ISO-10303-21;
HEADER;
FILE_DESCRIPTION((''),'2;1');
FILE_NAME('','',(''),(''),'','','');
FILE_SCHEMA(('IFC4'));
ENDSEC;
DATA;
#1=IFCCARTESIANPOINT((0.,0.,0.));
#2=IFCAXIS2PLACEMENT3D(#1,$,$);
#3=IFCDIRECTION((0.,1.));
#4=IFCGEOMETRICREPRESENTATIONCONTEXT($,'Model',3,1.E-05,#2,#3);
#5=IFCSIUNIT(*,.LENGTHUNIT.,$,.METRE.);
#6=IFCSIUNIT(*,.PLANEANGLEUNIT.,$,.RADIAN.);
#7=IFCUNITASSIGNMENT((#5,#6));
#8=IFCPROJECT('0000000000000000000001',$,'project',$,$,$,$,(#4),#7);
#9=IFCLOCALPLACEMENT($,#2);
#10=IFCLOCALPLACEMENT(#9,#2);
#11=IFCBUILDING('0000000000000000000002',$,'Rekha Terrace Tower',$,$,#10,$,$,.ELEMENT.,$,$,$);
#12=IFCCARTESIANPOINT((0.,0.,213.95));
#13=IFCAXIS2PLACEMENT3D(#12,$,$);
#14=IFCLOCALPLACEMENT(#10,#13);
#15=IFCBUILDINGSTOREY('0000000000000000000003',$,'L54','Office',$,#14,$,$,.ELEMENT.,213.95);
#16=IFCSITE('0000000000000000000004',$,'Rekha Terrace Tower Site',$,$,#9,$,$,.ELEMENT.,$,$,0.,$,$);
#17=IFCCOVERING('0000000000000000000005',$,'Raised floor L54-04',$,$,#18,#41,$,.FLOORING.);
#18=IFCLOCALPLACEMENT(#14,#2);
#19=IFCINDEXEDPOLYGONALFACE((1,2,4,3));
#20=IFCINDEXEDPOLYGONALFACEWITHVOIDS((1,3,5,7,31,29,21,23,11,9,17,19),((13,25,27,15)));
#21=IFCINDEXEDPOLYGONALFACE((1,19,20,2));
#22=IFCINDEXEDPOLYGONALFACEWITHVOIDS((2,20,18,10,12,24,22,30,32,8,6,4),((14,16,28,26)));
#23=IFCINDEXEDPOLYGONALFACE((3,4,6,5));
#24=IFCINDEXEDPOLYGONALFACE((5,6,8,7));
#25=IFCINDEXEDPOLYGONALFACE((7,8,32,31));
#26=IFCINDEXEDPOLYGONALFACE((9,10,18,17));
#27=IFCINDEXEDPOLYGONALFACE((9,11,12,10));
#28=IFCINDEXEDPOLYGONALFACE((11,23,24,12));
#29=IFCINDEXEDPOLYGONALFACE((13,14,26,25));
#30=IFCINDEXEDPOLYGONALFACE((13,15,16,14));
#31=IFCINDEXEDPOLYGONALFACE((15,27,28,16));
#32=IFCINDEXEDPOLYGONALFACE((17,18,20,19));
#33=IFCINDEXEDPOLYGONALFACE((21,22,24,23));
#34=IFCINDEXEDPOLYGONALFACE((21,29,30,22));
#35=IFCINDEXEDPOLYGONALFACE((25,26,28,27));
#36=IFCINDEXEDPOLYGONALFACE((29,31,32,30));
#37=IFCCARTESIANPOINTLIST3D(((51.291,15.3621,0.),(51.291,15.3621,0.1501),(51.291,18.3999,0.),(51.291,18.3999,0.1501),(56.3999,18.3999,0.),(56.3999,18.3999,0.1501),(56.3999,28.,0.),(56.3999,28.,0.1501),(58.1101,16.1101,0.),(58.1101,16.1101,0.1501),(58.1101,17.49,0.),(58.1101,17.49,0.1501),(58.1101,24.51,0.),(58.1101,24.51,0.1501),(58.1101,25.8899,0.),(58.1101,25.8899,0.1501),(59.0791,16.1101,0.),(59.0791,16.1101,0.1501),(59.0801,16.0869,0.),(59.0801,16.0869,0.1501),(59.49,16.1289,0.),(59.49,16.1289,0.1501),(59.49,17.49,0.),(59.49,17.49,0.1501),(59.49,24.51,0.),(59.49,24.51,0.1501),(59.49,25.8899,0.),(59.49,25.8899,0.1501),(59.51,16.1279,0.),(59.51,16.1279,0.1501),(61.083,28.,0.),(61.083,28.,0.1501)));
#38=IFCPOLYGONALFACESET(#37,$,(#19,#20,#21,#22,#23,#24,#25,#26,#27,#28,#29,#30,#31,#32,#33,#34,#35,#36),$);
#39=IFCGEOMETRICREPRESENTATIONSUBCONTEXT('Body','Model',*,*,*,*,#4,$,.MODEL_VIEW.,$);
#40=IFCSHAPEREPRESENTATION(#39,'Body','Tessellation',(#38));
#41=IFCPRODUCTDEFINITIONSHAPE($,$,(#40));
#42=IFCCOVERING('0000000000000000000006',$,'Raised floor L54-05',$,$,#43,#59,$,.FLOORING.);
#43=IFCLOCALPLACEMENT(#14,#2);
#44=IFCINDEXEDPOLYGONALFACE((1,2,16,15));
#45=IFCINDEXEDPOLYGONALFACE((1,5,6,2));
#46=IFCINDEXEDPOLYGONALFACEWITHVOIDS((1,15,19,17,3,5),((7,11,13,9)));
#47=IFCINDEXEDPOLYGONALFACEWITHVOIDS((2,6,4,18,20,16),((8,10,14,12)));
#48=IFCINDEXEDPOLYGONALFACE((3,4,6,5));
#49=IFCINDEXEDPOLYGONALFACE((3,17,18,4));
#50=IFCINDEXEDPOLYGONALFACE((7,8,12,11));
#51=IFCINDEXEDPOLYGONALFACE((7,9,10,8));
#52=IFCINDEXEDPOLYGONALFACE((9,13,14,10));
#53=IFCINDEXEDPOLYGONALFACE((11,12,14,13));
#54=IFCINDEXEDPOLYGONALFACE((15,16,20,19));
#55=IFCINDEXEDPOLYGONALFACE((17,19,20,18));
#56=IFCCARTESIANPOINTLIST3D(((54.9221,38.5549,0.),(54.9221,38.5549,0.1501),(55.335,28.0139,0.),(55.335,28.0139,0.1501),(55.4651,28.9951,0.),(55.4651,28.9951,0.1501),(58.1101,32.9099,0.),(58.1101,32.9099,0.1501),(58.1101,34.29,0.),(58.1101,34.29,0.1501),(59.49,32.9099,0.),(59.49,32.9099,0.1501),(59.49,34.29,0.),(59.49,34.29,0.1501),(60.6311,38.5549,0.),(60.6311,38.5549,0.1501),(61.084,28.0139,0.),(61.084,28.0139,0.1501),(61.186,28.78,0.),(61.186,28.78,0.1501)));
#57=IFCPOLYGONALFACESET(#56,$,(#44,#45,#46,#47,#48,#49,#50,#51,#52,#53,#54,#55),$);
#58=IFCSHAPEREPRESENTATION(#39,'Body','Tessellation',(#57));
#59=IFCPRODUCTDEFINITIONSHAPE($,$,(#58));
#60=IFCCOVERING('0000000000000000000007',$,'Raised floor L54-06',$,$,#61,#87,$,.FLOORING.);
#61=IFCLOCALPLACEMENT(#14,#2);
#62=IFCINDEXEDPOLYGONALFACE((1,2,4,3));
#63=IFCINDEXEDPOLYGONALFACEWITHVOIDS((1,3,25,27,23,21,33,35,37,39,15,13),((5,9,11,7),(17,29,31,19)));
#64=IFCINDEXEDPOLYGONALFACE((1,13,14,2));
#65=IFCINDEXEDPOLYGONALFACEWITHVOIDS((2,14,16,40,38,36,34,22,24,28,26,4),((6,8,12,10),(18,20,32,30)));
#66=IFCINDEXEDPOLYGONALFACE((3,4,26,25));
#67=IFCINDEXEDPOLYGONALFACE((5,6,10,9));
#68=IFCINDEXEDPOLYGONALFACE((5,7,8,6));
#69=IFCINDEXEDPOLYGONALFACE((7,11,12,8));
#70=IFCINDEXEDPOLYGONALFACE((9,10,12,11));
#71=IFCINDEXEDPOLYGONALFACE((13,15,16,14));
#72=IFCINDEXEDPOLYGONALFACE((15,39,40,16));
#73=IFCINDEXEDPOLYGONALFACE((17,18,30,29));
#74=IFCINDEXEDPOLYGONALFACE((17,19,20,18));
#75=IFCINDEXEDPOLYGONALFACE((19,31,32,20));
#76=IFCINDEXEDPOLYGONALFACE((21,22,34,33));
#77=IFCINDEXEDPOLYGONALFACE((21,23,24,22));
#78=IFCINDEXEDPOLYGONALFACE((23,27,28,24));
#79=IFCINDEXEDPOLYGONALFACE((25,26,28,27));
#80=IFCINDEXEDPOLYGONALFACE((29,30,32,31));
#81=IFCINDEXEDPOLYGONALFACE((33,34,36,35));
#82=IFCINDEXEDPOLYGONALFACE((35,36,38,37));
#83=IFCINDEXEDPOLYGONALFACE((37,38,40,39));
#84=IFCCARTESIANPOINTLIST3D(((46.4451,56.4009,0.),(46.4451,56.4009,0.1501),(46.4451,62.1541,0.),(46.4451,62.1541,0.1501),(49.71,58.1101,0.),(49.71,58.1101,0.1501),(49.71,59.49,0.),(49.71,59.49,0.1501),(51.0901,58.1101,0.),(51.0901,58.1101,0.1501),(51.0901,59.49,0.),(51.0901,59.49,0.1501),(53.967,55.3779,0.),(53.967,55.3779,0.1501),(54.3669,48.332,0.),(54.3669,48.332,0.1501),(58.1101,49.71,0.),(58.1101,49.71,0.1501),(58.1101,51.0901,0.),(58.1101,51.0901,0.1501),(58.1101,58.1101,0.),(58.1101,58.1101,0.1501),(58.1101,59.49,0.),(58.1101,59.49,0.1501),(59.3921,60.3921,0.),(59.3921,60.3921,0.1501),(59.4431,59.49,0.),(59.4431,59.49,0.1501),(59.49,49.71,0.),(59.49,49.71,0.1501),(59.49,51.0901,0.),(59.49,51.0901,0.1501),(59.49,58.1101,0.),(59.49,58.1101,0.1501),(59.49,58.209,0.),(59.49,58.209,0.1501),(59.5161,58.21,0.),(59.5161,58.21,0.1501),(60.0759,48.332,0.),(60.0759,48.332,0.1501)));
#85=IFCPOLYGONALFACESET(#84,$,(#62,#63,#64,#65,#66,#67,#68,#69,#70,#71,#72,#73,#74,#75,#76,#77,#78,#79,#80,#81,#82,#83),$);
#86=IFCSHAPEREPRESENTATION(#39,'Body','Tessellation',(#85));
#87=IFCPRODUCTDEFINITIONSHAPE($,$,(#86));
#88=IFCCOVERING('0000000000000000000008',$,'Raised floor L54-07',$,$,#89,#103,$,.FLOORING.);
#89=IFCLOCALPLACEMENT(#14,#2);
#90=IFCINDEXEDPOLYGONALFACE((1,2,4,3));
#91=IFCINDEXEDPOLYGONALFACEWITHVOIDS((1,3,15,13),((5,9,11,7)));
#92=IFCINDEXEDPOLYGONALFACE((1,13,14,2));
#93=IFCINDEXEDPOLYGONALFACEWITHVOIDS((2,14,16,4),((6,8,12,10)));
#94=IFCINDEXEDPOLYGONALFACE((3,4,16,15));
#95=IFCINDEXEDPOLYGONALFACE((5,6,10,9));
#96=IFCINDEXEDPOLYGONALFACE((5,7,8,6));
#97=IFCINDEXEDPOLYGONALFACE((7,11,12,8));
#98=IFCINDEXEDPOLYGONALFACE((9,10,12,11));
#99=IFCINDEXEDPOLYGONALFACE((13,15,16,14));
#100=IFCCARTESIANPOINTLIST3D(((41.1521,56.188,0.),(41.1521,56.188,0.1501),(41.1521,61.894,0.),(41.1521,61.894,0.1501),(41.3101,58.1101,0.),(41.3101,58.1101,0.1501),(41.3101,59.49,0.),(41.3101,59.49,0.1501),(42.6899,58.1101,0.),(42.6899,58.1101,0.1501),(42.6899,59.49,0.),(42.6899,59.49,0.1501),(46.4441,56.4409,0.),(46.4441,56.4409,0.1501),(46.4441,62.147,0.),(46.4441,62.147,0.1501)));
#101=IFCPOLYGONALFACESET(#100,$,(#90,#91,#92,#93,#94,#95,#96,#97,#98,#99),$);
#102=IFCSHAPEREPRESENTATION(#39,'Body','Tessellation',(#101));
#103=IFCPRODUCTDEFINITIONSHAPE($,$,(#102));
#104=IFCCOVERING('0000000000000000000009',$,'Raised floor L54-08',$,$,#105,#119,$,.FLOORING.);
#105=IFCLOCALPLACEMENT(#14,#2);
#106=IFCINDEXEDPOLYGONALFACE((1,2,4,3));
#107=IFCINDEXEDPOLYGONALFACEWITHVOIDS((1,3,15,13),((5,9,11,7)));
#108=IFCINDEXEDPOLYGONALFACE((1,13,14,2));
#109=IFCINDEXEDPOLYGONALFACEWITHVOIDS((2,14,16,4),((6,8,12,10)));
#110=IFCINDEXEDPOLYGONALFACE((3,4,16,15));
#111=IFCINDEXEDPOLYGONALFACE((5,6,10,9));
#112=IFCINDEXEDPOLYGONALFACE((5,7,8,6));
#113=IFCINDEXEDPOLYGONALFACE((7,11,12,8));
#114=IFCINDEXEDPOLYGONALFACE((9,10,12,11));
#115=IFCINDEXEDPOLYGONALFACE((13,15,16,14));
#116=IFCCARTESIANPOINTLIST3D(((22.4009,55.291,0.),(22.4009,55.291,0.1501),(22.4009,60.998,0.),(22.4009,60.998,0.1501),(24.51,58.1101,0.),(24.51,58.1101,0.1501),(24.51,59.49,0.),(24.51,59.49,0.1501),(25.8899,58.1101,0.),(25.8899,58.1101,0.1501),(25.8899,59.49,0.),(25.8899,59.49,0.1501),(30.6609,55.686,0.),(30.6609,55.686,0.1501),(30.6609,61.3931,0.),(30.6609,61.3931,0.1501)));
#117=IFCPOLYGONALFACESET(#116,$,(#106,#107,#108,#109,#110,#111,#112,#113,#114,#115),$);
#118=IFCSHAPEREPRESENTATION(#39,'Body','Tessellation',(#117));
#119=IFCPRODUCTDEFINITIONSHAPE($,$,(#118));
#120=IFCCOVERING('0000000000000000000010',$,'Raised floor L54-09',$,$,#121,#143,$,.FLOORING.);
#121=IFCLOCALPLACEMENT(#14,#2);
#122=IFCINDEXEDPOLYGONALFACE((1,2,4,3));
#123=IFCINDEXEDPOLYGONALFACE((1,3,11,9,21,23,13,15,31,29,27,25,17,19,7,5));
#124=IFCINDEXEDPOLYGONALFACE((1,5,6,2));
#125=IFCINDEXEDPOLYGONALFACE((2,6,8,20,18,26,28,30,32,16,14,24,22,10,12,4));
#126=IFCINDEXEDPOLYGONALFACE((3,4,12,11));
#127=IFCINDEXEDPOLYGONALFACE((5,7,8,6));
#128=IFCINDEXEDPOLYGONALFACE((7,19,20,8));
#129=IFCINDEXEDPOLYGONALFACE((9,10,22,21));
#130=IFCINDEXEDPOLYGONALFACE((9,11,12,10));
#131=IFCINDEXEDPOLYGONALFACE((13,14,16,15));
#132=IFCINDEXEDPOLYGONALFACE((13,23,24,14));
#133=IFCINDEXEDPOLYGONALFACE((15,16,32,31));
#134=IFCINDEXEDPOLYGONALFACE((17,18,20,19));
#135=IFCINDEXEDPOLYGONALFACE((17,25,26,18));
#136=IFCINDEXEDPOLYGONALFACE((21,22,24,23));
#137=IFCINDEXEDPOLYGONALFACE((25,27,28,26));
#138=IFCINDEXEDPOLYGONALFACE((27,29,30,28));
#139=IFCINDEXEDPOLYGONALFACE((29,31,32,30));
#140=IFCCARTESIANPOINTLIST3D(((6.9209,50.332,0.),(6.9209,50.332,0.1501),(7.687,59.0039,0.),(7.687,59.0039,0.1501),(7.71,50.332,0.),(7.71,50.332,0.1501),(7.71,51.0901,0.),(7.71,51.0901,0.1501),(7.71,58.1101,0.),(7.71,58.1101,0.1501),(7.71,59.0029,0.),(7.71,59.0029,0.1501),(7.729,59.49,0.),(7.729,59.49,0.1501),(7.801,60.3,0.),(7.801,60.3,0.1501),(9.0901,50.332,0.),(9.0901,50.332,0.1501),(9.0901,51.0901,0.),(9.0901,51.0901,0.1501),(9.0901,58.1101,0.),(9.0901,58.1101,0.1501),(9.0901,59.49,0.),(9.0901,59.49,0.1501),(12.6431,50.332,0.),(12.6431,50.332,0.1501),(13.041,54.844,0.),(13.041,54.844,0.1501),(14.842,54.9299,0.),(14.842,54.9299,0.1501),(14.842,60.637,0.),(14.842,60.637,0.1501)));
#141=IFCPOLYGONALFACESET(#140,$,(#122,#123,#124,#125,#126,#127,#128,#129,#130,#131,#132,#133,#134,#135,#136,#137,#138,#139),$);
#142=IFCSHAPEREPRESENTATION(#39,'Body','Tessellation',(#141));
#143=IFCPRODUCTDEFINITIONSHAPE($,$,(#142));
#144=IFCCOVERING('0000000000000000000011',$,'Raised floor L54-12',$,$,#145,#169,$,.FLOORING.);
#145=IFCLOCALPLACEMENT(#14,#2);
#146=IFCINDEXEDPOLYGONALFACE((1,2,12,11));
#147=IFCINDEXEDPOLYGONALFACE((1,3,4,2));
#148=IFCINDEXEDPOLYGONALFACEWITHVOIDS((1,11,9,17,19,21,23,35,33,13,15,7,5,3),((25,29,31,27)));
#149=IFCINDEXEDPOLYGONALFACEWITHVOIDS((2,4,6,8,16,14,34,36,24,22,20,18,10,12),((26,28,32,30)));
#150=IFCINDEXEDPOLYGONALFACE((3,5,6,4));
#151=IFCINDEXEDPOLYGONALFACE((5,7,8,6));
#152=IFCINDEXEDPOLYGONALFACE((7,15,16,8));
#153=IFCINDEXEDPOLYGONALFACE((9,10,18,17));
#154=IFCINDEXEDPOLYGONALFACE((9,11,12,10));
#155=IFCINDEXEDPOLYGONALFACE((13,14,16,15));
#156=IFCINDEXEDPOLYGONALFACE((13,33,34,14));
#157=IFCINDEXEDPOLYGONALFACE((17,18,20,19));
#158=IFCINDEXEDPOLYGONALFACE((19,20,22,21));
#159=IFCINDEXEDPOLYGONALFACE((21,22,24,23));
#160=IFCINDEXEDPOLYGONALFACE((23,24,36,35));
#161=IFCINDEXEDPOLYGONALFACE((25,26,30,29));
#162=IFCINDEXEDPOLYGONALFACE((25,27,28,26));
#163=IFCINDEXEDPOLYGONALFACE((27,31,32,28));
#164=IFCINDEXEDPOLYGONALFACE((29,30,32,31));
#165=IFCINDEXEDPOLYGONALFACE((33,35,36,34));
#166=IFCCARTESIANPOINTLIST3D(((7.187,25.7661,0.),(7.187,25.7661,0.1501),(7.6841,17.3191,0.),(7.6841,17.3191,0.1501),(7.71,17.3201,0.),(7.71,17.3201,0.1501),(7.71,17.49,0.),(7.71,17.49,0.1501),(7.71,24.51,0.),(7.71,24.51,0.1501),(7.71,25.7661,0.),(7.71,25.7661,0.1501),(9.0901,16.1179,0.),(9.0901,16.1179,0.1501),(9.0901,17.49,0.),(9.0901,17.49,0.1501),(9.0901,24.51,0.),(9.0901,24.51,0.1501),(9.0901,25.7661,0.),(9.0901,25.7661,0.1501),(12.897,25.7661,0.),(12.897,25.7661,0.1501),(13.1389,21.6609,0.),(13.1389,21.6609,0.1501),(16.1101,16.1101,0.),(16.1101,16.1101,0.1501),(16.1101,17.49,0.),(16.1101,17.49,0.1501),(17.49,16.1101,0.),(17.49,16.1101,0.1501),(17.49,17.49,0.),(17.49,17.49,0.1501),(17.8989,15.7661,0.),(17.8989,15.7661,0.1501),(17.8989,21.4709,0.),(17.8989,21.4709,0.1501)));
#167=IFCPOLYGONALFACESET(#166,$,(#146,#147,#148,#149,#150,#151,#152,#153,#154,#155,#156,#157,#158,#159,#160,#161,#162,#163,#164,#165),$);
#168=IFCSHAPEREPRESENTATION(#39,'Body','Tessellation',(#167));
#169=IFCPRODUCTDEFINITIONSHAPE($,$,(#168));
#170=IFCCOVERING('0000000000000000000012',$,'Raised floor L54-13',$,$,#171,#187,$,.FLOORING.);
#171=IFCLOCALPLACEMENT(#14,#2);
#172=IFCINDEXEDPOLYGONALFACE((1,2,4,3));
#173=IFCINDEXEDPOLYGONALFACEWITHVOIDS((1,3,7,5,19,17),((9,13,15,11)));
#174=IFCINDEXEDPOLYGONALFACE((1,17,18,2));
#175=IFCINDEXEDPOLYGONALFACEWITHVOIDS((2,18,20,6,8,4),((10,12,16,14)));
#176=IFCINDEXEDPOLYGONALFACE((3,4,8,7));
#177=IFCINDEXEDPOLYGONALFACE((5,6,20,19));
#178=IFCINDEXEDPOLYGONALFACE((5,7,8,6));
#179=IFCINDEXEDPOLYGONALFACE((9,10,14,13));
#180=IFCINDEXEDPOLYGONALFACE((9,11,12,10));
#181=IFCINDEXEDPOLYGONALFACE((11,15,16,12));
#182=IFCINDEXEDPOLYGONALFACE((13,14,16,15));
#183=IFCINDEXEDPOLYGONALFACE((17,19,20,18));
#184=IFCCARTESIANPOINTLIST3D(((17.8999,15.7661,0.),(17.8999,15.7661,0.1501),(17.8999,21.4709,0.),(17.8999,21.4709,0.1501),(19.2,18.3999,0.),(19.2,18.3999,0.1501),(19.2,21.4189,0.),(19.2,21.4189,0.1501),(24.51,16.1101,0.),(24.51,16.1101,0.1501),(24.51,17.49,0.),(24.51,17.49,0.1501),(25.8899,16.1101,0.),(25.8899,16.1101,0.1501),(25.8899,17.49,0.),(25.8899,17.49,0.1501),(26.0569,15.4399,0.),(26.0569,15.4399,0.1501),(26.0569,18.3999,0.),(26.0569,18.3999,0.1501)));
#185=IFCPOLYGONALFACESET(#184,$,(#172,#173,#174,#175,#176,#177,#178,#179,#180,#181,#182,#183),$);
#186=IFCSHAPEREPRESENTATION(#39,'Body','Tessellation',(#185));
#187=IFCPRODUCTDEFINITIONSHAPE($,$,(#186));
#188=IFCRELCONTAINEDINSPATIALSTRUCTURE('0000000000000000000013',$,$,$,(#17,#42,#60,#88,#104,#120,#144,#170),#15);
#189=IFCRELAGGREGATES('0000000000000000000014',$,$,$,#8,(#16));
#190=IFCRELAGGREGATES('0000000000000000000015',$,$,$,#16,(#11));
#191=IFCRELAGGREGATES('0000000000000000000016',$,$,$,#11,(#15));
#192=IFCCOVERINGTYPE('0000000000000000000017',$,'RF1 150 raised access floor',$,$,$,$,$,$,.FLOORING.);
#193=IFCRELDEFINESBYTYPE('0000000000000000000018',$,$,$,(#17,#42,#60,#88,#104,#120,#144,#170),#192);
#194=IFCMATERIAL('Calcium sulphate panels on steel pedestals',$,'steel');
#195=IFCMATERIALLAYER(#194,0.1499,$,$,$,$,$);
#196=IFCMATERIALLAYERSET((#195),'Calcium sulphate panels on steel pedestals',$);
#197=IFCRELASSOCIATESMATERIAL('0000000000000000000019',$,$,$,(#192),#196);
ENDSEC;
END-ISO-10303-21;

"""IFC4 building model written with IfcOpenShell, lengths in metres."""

from ifc_helpers import new_model, si_unit, direction, frame, origin, place, context, subcontext, project, spatial, polyline, outline, extrude, material, layer, layer_set, type_object, element, save


model = new_model("IFC4")

# Units and contexts
model_context = context("Model", 3, precision=1e-05, world=origin(), true_north=direction((0.0, 1.0)))
body_context = subcontext(model_context, "Body", "Model", "MODEL_VIEW")
ifc_project = project(units=[si_unit("LENGTHUNIT", "METRE"), si_unit("PLANEANGLEUNIT", "RADIAN")], contexts=[model_context])

# Site, building, storey
site_placement = place(None, origin())
site = spatial("IfcSite", under=ifc_project, at=site_placement, Name="Rekha Terrace Tower Site", CompositionType="ELEMENT", RefElevation=0.0)
building_placement = place(site_placement, origin())
building = spatial("IfcBuilding", under=site, at=building_placement, Name="Rekha Terrace Tower", CompositionType="ELEMENT")
storey_placement = place(building_placement, frame((0.0, 0.0, 213.95)))
storey = spatial("IfcBuildingStorey", under=building, at=storey_placement, Name="L54", Description="Office", CompositionType="ELEMENT", Elevation=213.95)

# Coverings
ifc_material_1 = material(Name="Calcium sulphate panels on steel pedestals", Category="steel")
ifc_layer_1 = layer(ifc_material_1, 0.1499)
ifc_layer_set_1 = layer_set([ifc_layer_1], Name="Calcium sulphate panels on steel pedestals")
covering_type_1 = type_object("IfcCoveringType", Name="RF1 150 raised access floor", PredefinedType="FLOORING", material=ifc_layer_set_1)
covering_1_placement = place(storey_placement, origin())
element("IfcCovering", 1, at=covering_1_placement, inside=storey, type_object=covering_type_1, Name="Raised floor L54-04", PredefinedType="FLOORING", context=body_context, shape_type="SweptSolid", body=[
    extrude(outline(polyline([(59.49, 16.1289), (59.51, 16.1279), (61.083, 28.0), (56.3999, 28.0), (56.3999, 18.3999), (51.291, 18.3999), (51.291, 15.3621), (59.0801, 16.0869), (59.0791, 16.1101), (58.1101, 16.1101), (58.1101, 17.49), (59.49, 17.49), (59.49, 16.1289)]), holes=[polyline([(59.49, 24.51), (58.1101, 24.51), (58.1101, 25.8899), (59.49, 25.8899), (59.49, 24.51)])]), origin(), (0.0, 0.0, 1.0), 0.1501),
])
covering_2_placement = place(storey_placement, origin())
element("IfcCovering", 2, at=covering_2_placement, inside=storey, type_object=covering_type_1, Name="Raised floor L54-05", PredefinedType="FLOORING", context=body_context, shape_type="SweptSolid", body=[
    extrude(outline(polyline([(55.4651, 28.9951), (55.335, 28.0139), (61.084, 28.0139), (61.186, 28.78), (60.6311, 38.5549), (54.9221, 38.5549), (55.4651, 28.9951)]), holes=[polyline([(59.49, 34.29), (59.49, 32.9099), (58.1101, 32.9099), (58.1101, 34.29), (59.49, 34.29)])]), origin(), (0.0, 0.0, 1.0), 0.1501),
])
covering_3_placement = place(storey_placement, origin())
element("IfcCovering", 3, at=covering_3_placement, inside=storey, type_object=covering_type_1, Name="Raised floor L54-06", PredefinedType="FLOORING", context=body_context, shape_type="SweptSolid", body=[
    extrude(outline(polyline([(58.1101, 59.49), (59.4431, 59.49), (59.3921, 60.3921), (46.4451, 62.1541), (46.4451, 56.4009), (53.967, 55.3779), (54.3669, 48.332), (60.0759, 48.332), (59.5161, 58.21), (59.49, 58.209), (59.49, 58.1101), (58.1101, 58.1101), (58.1101, 59.49)]), holes=[polyline([(59.49, 51.0901), (59.49, 49.71), (58.1101, 49.71), (58.1101, 51.0901), (59.49, 51.0901)]), polyline([(51.0901, 58.1101), (49.71, 58.1101), (49.71, 59.49), (51.0901, 59.49), (51.0901, 58.1101)])]), origin(), (0.0, 0.0, 1.0), 0.1501),
])
covering_4_placement = place(storey_placement, origin())
element("IfcCovering", 4, at=covering_4_placement, inside=storey, type_object=covering_type_1, Name="Raised floor L54-07", PredefinedType="FLOORING", context=body_context, shape_type="SweptSolid", body=[
    extrude(outline(polyline([(46.4441, 62.147), (41.1521, 61.894), (41.1521, 56.188), (46.4441, 56.4409), (46.4441, 62.147)]), holes=[polyline([(42.6899, 59.49), (42.6899, 58.1101), (41.3101, 58.1101), (41.3101, 59.49), (42.6899, 59.49)])]), origin(), (0.0, 0.0, 1.0), 0.1501),
])
covering_5_placement = place(storey_placement, origin())
element("IfcCovering", 5, at=covering_5_placement, inside=storey, type_object=covering_type_1, Name="Raised floor L54-08", PredefinedType="FLOORING", context=body_context, shape_type="SweptSolid", body=[
    extrude(outline(polyline([(30.6609, 55.686), (30.6609, 61.3931), (22.4009, 60.998), (22.4009, 55.291), (30.6609, 55.686)]), holes=[polyline([(25.8899, 58.1101), (24.51, 58.1101), (24.51, 59.49), (25.8899, 59.49), (25.8899, 58.1101)])]), origin(), (0.0, 0.0, 1.0), 0.1501),
])
covering_6_placement = place(storey_placement, origin())
element("IfcCovering", 6, at=covering_6_placement, inside=storey, type_object=covering_type_1, Name="Raised floor L54-09", PredefinedType="FLOORING", context=body_context, shape_type="SweptSolid", body=[
    extrude(outline(polyline([(9.0901, 51.0901), (9.0901, 50.332), (12.6431, 50.332), (13.041, 54.844), (14.842, 54.9299), (14.842, 60.637), (7.801, 60.3), (7.729, 59.49), (9.0901, 59.49), (9.0901, 58.1101), (7.71, 58.1101), (7.71, 59.0029), (7.687, 59.0039), (6.9209, 50.332), (7.71, 50.332), (7.71, 51.0901), (9.0901, 51.0901)])), origin(), (0.0, 0.0, 1.0), 0.1501),
])
covering_7_placement = place(storey_placement, origin())
element("IfcCovering", 7, at=covering_7_placement, inside=storey, type_object=covering_type_1, Name="Raised floor L54-12", PredefinedType="FLOORING", context=body_context, shape_type="SweptSolid", body=[
    extrude(outline(polyline([(9.0901, 16.1179), (17.8989, 15.7661), (17.8989, 21.4709), (13.1389, 21.6609), (12.897, 25.7661), (9.0901, 25.7661), (9.0901, 24.51), (7.71, 24.51), (7.71, 25.7661), (7.187, 25.7661), (7.6841, 17.3191), (7.71, 17.3201), (7.71, 17.49), (9.0901, 17.49), (9.0901, 16.1179)]), holes=[polyline([(17.49, 17.49), (17.49, 16.1101), (16.1101, 16.1101), (16.1101, 17.49), (17.49, 17.49)])]), origin(), (0.0, 0.0, 1.0), 0.1501),
])
covering_8_placement = place(storey_placement, origin())
element("IfcCovering", 8, at=covering_8_placement, inside=storey, type_object=covering_type_1, Name="Raised floor L54-13", PredefinedType="FLOORING", context=body_context, shape_type="SweptSolid", body=[
    extrude(outline(polyline([(26.0569, 15.4399), (26.0569, 18.3999), (19.2, 18.3999), (19.2, 21.4189), (17.8999, 21.4709), (17.8999, 15.7661), (26.0569, 15.4399)]), holes=[polyline([(25.8899, 17.49), (25.8899, 16.1101), (24.51, 16.1101), (24.51, 17.49), (25.8899, 17.49)])]), origin(), (0.0, 0.0, 1.0), 0.1501),
])

save(model, "model.ifc")
